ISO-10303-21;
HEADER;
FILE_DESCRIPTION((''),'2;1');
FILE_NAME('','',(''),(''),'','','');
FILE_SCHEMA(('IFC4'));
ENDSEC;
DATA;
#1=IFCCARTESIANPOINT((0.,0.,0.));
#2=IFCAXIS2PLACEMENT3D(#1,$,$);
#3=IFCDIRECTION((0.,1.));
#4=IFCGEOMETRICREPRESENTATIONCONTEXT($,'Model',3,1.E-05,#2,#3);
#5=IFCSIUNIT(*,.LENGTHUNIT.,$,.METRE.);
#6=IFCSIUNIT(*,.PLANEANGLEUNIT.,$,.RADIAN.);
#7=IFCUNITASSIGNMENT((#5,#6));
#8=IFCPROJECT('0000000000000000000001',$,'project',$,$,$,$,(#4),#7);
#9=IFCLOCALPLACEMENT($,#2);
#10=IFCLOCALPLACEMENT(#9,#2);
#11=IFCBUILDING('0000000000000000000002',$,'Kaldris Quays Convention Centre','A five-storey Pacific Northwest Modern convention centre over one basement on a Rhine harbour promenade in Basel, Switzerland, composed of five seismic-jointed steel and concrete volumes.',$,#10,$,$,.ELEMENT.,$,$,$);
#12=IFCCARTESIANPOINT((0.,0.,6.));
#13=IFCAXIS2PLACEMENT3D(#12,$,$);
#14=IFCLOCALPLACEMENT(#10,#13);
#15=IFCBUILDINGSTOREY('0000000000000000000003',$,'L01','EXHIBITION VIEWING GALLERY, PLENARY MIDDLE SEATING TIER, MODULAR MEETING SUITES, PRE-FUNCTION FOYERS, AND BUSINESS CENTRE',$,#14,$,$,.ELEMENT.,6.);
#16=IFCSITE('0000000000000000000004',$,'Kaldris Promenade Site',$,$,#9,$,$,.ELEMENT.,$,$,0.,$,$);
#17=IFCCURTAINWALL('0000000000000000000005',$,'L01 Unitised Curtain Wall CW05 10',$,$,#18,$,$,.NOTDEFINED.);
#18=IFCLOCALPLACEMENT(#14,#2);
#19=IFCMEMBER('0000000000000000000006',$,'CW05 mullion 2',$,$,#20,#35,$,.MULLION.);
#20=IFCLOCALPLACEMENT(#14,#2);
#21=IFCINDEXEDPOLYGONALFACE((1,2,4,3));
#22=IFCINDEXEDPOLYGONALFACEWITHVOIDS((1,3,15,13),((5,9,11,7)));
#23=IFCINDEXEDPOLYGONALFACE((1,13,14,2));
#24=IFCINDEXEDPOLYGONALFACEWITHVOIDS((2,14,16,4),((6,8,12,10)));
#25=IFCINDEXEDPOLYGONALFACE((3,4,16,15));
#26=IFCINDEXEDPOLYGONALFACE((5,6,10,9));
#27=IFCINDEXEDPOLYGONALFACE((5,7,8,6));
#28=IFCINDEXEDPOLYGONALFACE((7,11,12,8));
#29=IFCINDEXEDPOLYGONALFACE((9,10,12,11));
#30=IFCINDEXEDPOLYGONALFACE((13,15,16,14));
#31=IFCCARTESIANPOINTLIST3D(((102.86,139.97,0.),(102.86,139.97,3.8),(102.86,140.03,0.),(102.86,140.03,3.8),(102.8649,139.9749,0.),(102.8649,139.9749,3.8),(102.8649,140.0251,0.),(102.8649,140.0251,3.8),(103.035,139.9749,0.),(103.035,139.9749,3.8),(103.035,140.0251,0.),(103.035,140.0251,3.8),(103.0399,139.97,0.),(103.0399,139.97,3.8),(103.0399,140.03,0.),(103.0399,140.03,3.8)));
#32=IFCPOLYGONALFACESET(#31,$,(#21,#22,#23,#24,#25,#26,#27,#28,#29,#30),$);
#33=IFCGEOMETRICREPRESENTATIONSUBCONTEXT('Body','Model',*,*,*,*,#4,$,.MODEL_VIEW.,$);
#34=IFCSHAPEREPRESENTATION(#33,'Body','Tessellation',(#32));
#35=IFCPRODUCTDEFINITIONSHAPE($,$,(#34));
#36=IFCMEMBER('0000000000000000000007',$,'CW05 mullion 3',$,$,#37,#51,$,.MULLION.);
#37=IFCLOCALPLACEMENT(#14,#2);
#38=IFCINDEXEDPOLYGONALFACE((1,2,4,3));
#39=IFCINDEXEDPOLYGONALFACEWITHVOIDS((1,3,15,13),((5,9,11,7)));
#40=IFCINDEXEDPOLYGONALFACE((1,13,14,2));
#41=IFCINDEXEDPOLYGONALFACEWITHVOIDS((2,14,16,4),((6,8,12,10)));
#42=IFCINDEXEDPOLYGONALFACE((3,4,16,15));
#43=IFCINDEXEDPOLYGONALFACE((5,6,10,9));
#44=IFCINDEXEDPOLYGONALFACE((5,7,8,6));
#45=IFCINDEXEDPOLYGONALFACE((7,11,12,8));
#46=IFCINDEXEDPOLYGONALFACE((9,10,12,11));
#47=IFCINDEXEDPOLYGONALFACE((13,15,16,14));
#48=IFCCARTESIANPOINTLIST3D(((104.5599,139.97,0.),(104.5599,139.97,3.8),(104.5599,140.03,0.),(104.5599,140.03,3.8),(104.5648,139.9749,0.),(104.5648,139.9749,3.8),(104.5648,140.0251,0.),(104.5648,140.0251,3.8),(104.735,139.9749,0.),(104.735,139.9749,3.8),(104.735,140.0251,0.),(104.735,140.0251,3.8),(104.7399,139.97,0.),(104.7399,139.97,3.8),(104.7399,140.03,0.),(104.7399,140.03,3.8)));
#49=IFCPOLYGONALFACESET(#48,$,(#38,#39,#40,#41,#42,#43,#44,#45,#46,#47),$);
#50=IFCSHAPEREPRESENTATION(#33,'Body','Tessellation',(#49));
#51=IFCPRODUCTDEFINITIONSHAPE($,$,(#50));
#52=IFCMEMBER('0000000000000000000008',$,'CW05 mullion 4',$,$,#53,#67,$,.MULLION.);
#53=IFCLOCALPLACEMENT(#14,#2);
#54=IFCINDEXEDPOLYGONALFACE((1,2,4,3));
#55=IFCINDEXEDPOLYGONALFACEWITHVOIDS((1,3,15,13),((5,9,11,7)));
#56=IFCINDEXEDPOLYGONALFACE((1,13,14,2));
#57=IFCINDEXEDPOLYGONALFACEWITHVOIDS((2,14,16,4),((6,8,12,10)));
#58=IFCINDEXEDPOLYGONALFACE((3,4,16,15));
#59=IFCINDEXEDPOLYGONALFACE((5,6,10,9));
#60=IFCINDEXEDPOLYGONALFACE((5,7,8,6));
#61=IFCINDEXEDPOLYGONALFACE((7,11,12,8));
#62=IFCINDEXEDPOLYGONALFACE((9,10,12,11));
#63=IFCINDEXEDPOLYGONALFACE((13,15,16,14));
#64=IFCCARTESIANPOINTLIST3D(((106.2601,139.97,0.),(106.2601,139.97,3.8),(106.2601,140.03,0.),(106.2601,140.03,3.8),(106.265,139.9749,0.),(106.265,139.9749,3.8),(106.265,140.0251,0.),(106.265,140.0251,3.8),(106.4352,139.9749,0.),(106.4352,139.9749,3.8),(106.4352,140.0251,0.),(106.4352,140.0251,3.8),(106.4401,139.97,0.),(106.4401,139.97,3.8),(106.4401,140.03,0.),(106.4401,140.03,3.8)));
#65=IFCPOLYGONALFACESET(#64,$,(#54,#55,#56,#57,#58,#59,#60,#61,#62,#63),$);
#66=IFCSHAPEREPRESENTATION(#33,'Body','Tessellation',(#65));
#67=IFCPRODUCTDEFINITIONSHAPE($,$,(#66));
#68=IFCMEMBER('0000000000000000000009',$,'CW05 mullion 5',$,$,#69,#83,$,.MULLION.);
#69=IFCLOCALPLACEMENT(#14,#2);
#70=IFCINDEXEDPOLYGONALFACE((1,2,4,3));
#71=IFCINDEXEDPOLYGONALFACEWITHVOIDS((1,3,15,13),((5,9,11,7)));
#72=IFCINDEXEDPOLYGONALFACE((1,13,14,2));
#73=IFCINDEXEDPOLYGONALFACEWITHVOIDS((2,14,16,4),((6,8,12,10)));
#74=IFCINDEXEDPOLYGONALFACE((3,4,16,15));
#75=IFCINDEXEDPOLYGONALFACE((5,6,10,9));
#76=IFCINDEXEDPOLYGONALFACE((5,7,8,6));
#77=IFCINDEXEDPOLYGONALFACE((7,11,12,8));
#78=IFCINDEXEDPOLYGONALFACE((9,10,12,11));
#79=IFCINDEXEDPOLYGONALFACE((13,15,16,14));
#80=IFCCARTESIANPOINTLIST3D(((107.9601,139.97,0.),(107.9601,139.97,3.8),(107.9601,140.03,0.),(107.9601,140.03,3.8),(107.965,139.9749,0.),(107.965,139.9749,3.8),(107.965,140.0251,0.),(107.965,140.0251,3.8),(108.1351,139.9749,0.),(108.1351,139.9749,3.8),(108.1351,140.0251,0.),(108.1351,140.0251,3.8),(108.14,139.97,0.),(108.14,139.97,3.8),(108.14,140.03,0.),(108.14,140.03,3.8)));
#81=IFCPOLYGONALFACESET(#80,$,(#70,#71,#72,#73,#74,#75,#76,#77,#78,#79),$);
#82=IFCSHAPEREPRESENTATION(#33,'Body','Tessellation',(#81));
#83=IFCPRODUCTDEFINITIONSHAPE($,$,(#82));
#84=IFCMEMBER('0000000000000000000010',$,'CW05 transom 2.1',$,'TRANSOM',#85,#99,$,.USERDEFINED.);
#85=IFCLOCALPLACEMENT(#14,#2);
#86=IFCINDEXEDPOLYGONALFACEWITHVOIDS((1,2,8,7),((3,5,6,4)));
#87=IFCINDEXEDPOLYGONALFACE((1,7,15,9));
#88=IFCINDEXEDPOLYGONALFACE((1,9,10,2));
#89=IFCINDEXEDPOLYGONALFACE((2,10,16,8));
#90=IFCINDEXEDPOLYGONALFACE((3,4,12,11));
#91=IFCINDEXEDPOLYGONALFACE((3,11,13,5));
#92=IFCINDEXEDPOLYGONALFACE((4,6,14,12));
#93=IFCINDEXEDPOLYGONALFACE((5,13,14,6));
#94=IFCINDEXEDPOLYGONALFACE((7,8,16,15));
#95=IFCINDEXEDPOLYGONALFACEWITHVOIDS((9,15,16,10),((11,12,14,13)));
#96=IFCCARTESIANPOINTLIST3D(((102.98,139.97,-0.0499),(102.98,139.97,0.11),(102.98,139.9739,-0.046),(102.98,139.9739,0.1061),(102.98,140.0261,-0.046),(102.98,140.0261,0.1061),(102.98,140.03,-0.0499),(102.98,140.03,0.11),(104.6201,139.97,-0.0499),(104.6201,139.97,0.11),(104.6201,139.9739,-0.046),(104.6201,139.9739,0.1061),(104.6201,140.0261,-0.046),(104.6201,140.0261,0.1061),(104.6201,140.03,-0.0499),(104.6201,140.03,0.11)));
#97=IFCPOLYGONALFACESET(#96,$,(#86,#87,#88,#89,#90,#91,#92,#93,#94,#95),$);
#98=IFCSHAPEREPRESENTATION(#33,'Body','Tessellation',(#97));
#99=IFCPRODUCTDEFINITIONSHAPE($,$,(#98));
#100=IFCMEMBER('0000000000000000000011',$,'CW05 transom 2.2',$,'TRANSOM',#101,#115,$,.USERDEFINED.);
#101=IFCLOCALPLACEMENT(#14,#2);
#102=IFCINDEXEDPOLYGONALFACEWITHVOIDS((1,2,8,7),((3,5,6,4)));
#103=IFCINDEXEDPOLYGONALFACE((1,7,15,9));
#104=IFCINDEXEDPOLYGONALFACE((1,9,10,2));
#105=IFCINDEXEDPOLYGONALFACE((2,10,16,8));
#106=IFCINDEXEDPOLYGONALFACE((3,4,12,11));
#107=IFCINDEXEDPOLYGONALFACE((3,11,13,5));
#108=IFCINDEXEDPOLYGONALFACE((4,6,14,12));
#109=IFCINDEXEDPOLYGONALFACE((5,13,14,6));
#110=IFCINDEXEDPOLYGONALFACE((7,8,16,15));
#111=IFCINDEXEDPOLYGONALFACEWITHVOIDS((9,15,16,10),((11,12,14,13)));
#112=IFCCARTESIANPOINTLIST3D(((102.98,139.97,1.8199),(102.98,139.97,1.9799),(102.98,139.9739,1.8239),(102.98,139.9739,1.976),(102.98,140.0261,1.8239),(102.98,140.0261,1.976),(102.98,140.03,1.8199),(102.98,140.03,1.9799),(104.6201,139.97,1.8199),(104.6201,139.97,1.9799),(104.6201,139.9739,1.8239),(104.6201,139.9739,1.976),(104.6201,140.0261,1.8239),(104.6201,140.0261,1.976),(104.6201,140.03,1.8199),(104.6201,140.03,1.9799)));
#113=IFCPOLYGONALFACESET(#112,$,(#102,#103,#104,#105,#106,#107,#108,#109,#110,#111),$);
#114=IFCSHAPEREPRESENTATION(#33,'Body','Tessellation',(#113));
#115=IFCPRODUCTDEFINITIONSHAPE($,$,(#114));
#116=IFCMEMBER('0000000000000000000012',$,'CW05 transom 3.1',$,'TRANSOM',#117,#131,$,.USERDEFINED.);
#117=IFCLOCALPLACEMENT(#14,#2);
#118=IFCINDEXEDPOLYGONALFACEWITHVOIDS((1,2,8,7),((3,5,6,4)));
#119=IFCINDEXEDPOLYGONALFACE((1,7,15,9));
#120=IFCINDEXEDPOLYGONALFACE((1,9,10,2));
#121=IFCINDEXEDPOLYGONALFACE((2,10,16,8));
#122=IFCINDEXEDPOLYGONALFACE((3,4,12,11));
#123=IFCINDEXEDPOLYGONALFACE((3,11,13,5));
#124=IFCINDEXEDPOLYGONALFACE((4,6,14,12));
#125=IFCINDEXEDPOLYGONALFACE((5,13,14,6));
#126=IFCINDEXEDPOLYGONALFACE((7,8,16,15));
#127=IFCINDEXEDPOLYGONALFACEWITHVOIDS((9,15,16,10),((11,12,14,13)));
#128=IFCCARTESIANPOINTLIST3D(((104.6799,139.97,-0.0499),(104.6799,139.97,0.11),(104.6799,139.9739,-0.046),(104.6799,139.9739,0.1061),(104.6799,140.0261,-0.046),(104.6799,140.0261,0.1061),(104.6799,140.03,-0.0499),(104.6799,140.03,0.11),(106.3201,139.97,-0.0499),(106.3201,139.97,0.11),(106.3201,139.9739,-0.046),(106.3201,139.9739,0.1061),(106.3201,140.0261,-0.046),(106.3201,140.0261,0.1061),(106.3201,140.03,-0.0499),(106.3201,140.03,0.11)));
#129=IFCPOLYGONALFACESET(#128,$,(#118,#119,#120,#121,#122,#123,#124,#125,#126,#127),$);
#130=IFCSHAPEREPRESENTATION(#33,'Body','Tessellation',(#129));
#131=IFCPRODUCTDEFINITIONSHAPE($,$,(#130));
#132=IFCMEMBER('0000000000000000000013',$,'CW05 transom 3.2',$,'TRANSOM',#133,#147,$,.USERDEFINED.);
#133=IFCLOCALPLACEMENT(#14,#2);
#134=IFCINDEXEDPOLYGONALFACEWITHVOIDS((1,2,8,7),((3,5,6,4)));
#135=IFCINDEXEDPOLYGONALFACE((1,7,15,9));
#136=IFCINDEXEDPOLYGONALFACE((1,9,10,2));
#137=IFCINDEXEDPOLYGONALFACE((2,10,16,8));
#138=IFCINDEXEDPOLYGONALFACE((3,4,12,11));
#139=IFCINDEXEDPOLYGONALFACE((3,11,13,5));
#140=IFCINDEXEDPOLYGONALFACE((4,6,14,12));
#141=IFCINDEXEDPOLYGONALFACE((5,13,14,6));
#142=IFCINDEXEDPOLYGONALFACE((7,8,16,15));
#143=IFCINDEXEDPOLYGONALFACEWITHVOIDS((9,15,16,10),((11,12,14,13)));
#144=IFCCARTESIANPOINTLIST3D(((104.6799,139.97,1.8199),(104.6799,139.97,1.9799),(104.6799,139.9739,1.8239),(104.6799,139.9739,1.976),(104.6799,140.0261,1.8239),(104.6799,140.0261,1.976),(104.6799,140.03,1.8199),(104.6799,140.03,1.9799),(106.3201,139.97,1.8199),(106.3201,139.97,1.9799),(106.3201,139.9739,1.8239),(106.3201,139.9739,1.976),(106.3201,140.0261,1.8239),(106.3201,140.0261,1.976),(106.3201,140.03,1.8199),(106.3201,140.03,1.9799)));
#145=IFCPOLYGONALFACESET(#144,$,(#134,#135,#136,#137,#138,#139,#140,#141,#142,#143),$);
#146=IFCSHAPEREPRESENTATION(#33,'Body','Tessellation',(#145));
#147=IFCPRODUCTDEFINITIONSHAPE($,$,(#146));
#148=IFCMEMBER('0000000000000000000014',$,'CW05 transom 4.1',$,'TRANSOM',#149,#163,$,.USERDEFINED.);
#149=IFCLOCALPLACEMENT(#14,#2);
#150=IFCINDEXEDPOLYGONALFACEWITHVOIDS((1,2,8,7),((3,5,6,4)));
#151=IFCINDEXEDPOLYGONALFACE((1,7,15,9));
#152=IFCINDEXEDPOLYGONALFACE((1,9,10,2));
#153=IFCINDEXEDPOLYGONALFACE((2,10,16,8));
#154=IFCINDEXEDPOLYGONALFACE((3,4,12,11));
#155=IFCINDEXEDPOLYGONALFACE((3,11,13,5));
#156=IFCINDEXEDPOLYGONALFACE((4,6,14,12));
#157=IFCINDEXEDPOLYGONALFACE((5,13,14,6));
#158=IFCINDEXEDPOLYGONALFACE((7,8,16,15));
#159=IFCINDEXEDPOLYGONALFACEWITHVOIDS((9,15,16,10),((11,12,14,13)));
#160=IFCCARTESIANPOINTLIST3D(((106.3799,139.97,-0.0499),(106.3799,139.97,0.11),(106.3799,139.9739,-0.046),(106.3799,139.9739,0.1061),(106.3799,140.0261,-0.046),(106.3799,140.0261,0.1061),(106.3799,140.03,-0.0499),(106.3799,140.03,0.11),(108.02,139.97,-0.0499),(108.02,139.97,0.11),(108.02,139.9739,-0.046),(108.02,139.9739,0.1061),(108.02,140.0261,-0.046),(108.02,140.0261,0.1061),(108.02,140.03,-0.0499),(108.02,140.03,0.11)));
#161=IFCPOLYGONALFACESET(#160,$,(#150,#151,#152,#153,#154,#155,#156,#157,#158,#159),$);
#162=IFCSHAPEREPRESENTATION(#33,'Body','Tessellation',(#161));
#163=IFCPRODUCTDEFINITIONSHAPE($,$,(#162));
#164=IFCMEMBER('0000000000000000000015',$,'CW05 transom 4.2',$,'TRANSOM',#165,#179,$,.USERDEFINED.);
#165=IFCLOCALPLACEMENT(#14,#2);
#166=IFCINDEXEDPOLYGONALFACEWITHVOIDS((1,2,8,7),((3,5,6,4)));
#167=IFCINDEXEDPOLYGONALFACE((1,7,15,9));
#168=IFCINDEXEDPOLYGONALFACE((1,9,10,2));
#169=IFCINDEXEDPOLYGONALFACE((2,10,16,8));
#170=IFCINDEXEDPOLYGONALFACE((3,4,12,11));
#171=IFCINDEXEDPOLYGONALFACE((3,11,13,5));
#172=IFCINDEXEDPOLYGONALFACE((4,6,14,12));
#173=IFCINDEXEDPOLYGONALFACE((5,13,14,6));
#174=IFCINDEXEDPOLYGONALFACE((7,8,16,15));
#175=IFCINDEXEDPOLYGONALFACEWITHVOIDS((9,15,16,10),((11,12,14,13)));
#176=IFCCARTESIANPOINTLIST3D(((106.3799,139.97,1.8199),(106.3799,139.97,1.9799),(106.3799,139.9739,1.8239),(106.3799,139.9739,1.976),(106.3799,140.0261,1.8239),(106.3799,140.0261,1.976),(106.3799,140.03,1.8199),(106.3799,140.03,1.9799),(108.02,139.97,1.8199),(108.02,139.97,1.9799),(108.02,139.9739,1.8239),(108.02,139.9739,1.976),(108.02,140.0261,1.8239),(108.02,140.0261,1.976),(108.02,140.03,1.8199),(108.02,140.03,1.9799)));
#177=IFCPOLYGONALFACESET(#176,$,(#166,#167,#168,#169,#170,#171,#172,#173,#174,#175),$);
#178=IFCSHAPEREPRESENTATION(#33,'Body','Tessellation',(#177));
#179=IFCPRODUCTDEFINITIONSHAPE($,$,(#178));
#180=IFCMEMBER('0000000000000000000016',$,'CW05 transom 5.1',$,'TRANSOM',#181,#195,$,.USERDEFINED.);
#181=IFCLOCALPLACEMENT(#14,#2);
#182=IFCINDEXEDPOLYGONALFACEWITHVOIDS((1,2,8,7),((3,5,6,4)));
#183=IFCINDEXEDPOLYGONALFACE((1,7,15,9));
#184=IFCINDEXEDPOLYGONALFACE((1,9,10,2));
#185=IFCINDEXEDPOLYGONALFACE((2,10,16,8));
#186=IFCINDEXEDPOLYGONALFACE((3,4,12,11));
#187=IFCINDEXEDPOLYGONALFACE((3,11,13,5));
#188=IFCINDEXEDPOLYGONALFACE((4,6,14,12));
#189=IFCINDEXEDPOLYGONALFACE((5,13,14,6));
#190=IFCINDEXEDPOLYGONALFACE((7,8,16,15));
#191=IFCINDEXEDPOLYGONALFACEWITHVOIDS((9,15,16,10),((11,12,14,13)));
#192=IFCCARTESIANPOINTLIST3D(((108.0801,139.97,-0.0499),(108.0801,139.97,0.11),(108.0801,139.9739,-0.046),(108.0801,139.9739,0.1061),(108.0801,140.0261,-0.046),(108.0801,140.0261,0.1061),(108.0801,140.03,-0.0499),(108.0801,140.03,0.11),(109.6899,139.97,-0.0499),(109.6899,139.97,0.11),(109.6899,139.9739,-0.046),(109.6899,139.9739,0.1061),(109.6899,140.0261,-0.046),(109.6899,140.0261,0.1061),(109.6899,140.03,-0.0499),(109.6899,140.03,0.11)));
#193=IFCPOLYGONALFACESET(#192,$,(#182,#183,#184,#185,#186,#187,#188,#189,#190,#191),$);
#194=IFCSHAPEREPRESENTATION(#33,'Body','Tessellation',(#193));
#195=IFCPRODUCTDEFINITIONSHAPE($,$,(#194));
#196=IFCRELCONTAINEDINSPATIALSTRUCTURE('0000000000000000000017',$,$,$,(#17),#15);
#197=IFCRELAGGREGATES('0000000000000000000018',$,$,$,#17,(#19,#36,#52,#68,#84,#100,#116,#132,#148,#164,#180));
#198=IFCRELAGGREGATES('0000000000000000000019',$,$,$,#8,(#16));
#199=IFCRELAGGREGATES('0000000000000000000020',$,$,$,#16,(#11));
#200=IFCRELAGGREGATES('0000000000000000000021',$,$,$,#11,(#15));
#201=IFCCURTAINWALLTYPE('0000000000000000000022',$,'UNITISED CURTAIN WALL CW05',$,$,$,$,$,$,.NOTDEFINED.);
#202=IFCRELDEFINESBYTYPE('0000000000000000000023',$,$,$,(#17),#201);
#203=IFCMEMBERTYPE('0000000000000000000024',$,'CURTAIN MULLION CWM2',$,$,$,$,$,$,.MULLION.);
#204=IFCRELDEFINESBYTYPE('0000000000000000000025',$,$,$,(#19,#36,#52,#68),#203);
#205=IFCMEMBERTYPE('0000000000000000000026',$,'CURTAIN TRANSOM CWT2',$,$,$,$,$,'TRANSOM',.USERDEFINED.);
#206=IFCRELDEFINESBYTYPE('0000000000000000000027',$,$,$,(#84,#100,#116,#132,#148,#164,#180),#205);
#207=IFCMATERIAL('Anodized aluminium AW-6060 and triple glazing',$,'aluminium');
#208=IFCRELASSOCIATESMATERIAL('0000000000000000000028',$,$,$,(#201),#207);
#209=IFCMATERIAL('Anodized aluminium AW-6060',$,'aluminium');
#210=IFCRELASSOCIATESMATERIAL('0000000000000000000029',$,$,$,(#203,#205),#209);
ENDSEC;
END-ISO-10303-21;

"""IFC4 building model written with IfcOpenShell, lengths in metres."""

from ifc_helpers import new_model, si_unit, direction, frame, origin, origin_2d, place, context, subcontext, project, spatial, hollow_rectangle, extrude, material, material_profile, profile_set, type_object, element, aggregate, save


model = new_model("IFC4")

# Units and contexts
model_context = context("Model", 3, precision=1e-05, world=origin(), true_north=direction((0.0, 1.0)))
body_context = subcontext(model_context, "Body", "Model", "MODEL_VIEW")
ifc_project = project(units=[si_unit("LENGTHUNIT", "METRE"), si_unit("PLANEANGLEUNIT", "RADIAN")], contexts=[model_context])

# Site, building, storey
site_placement = place(None, origin())
site = spatial("IfcSite", under=ifc_project, at=site_placement, Name="Kaldris Promenade Site", CompositionType="ELEMENT", RefElevation=0.0)
building_placement = place(site_placement, origin())
building = spatial("IfcBuilding", under=site, at=building_placement, Name="Kaldris Quays Convention Centre", Description="A five-storey Pacific Northwest Modern convention centre over one basement on a Rhine harbour promenade in Basel, Switzerland, composed of five seismic-jointed steel and concrete volumes.", CompositionType="ELEMENT")
storey_placement = place(building_placement, frame((0.0, 0.0, 6.0)))
storey = spatial("IfcBuildingStorey", under=building, at=storey_placement, Name="L01", Description="EXHIBITION VIEWING GALLERY, PLENARY MIDDLE SEATING TIER, MODULAR MEETING SUITES, PRE-FUNCTION FOYERS, AND BUSINESS CENTRE", CompositionType="ELEMENT", Elevation=6.0)

# Curtain wall, members
ifc_material_1 = material(Name="Anodized aluminium AW-6060 and triple glazing", Category="aluminium")
curtain_wall_type = type_object("IfcCurtainWallType", Name="UNITISED CURTAIN WALL CW05", PredefinedType="NOTDEFINED", material=ifc_material_1)
curtain_wall_placement = place(storey_placement, origin())
curtain_wall = element("IfcCurtainWall", 1, at=curtain_wall_placement, inside=storey, type_object=curtain_wall_type, Name="L01 Unitised Curtain Wall CW05 10", PredefinedType="NOTDEFINED")
ifc_material_2 = material(Name="Anodized aluminium AW-6060", Category="aluminium")
ifc_material_profile_1 = material_profile(ifc_material_2, hollow_rectangle(XDim=0.0601, YDim=0.1799, WallThickness=0.0049, at=origin_2d()), Name="RHS 180x60x5")
ifc_profile_set_1 = profile_set([ifc_material_profile_1], Name="Anodized aluminium AW-6060")
member_type_1 = type_object("IfcMemberType", Name="CURTAIN MULLION CWM2", PredefinedType="MULLION", material=ifc_profile_set_1)
member_1_placement = place(storey_placement, frame((102.95, 140.0, 0.0), z_axis=(0.0, 0.0, 1.0), x_axis=(0.0, 1.0, 0.0)))
member_1 = element("IfcMember", 2, at=member_1_placement, type_object=member_type_1, Name="CW05 mullion 2", PredefinedType="MULLION", context=body_context, shape_type="SweptSolid", body=[
    extrude(hollow_rectangle(XDim=0.0601, YDim=0.1799, WallThickness=0.0049, at=origin_2d()), origin(), (0.0, 0.0, 1.0), 3.8),
])
member_2_placement = place(storey_placement, frame((104.6499, 140.0, 0.0), z_axis=(0.0, 0.0, 1.0), x_axis=(0.0, 1.0, 0.0)))
member_2 = element("IfcMember", 3, at=member_2_placement, type_object=member_type_1, Name="CW05 mullion 3", PredefinedType="MULLION", context=body_context, shape_type="SweptSolid", body=[
    extrude(hollow_rectangle(XDim=0.0601, YDim=0.1799, WallThickness=0.0049, at=origin_2d()), origin(), (0.0, 0.0, 1.0), 3.8),
])
member_3_placement = place(storey_placement, frame((106.3501, 140.0, 0.0), z_axis=(0.0, 0.0, 1.0), x_axis=(0.0, 1.0, 0.0)))
member_3 = element("IfcMember", 4, at=member_3_placement, type_object=member_type_1, Name="CW05 mullion 4", PredefinedType="MULLION", context=body_context, shape_type="SweptSolid", body=[
    extrude(hollow_rectangle(XDim=0.0601, YDim=0.1799, WallThickness=0.0049, at=origin_2d()), origin(), (0.0, 0.0, 1.0), 3.8),
])
member_4_placement = place(storey_placement, frame((108.05, 140.0, 0.0), z_axis=(0.0, 0.0, 1.0), x_axis=(0.0, 1.0, 0.0)))
member_4 = element("IfcMember", 5, at=member_4_placement, type_object=member_type_1, Name="CW05 mullion 5", PredefinedType="MULLION", context=body_context, shape_type="SweptSolid", body=[
    extrude(hollow_rectangle(XDim=0.0601, YDim=0.1799, WallThickness=0.0049, at=origin_2d()), origin(), (0.0, 0.0, 1.0), 3.8),
])
ifc_material_profile_2 = material_profile(ifc_material_2, hollow_rectangle(XDim=0.0601, YDim=0.1599, WallThickness=0.0039, at=origin_2d()), Name="RHS 160x60x4")
ifc_profile_set_2 = profile_set([ifc_material_profile_2], Name="Anodized aluminium AW-6060")
member_type_2 = type_object("IfcMemberType", Name="CURTAIN TRANSOM CWT2", ElementType="TRANSOM", PredefinedType="USERDEFINED", material=ifc_profile_set_2)
member_5_placement = place(storey_placement, frame((102.98, 140.0, 0.03), z_axis=(1.0, 0.0, 0.0), x_axis=(0.0, 1.0, 0.0)))
member_5 = element("IfcMember", 6, at=member_5_placement, type_object=member_type_2, Name="CW05 transom 2.1", ObjectType="TRANSOM", PredefinedType="USERDEFINED", context=body_context, shape_type="SweptSolid", body=[
    extrude(hollow_rectangle(XDim=0.0601, YDim=0.1599, WallThickness=0.0039, at=origin_2d()), origin(), (0.0, 0.0, 1.0), 1.6401),
])
member_6_placement = place(storey_placement, frame((102.98, 140.0, 1.8999), z_axis=(1.0, 0.0, 0.0), x_axis=(0.0, 1.0, 0.0)))
member_6 = element("IfcMember", 7, at=member_6_placement, type_object=member_type_2, Name="CW05 transom 2.2", ObjectType="TRANSOM", PredefinedType="USERDEFINED", context=body_context, shape_type="SweptSolid", body=[
    extrude(hollow_rectangle(XDim=0.0601, YDim=0.1599, WallThickness=0.0039, at=origin_2d()), origin(), (0.0, 0.0, 1.0), 1.6401),
])
member_7_placement = place(storey_placement, frame((104.6799, 140.0, 0.03), z_axis=(1.0, 0.0, 0.0), x_axis=(0.0, 1.0, 0.0)))
member_7 = element("IfcMember", 8, at=member_7_placement, type_object=member_type_2, Name="CW05 transom 3.1", ObjectType="TRANSOM", PredefinedType="USERDEFINED", context=body_context, shape_type="SweptSolid", body=[
    extrude(hollow_rectangle(XDim=0.0601, YDim=0.1599, WallThickness=0.0039, at=origin_2d()), origin(), (0.0, 0.0, 1.0), 1.6401),
])
member_8_placement = place(storey_placement, frame((104.6799, 140.0, 1.8999), z_axis=(1.0, 0.0, 0.0), x_axis=(0.0, 1.0, 0.0)))
member_8 = element("IfcMember", 9, at=member_8_placement, type_object=member_type_2, Name="CW05 transom 3.2", ObjectType="TRANSOM", PredefinedType="USERDEFINED", context=body_context, shape_type="SweptSolid", body=[
    extrude(hollow_rectangle(XDim=0.0601, YDim=0.1599, WallThickness=0.0039, at=origin_2d()), origin(), (0.0, 0.0, 1.0), 1.6401),
])
member_9_placement = place(storey_placement, frame((106.3799, 140.0, 0.03), z_axis=(1.0, 0.0, 0.0), x_axis=(0.0, 1.0, 0.0)))
member_9 = element("IfcMember", 10, at=member_9_placement, type_object=member_type_2, Name="CW05 transom 4.1", ObjectType="TRANSOM", PredefinedType="USERDEFINED", context=body_context, shape_type="SweptSolid", body=[
    extrude(hollow_rectangle(XDim=0.0601, YDim=0.1599, WallThickness=0.0039, at=origin_2d()), origin(), (0.0, 0.0, 1.0), 1.6401),
])
member_10_placement = place(storey_placement, frame((106.3799, 140.0, 1.8999), z_axis=(1.0, 0.0, 0.0), x_axis=(0.0, 1.0, 0.0)))
member_10 = element("IfcMember", 11, at=member_10_placement, type_object=member_type_2, Name="CW05 transom 4.2", ObjectType="TRANSOM", PredefinedType="USERDEFINED", context=body_context, shape_type="SweptSolid", body=[
    extrude(hollow_rectangle(XDim=0.0601, YDim=0.1599, WallThickness=0.0039, at=origin_2d()), origin(), (0.0, 0.0, 1.0), 1.6401),
])
member_11_placement = place(storey_placement, frame((108.0801, 140.0, 0.03), z_axis=(1.0, 0.0, 0.0), x_axis=(0.0, 1.0, 0.0)))
member_11 = element("IfcMember", 12, at=member_11_placement, type_object=member_type_2, Name="CW05 transom 5.1", ObjectType="TRANSOM", PredefinedType="USERDEFINED", context=body_context, shape_type="SweptSolid", body=[
    extrude(hollow_rectangle(XDim=0.0601, YDim=0.1599, WallThickness=0.0039, at=origin_2d()), origin(), (0.0, 0.0, 1.0), 1.6099),
])
aggregate(curtain_wall, [member_1, member_2, member_3, member_4, member_5, member_6, member_7, member_8, member_9, member_10, member_11])

save(model, "model.ifc")
